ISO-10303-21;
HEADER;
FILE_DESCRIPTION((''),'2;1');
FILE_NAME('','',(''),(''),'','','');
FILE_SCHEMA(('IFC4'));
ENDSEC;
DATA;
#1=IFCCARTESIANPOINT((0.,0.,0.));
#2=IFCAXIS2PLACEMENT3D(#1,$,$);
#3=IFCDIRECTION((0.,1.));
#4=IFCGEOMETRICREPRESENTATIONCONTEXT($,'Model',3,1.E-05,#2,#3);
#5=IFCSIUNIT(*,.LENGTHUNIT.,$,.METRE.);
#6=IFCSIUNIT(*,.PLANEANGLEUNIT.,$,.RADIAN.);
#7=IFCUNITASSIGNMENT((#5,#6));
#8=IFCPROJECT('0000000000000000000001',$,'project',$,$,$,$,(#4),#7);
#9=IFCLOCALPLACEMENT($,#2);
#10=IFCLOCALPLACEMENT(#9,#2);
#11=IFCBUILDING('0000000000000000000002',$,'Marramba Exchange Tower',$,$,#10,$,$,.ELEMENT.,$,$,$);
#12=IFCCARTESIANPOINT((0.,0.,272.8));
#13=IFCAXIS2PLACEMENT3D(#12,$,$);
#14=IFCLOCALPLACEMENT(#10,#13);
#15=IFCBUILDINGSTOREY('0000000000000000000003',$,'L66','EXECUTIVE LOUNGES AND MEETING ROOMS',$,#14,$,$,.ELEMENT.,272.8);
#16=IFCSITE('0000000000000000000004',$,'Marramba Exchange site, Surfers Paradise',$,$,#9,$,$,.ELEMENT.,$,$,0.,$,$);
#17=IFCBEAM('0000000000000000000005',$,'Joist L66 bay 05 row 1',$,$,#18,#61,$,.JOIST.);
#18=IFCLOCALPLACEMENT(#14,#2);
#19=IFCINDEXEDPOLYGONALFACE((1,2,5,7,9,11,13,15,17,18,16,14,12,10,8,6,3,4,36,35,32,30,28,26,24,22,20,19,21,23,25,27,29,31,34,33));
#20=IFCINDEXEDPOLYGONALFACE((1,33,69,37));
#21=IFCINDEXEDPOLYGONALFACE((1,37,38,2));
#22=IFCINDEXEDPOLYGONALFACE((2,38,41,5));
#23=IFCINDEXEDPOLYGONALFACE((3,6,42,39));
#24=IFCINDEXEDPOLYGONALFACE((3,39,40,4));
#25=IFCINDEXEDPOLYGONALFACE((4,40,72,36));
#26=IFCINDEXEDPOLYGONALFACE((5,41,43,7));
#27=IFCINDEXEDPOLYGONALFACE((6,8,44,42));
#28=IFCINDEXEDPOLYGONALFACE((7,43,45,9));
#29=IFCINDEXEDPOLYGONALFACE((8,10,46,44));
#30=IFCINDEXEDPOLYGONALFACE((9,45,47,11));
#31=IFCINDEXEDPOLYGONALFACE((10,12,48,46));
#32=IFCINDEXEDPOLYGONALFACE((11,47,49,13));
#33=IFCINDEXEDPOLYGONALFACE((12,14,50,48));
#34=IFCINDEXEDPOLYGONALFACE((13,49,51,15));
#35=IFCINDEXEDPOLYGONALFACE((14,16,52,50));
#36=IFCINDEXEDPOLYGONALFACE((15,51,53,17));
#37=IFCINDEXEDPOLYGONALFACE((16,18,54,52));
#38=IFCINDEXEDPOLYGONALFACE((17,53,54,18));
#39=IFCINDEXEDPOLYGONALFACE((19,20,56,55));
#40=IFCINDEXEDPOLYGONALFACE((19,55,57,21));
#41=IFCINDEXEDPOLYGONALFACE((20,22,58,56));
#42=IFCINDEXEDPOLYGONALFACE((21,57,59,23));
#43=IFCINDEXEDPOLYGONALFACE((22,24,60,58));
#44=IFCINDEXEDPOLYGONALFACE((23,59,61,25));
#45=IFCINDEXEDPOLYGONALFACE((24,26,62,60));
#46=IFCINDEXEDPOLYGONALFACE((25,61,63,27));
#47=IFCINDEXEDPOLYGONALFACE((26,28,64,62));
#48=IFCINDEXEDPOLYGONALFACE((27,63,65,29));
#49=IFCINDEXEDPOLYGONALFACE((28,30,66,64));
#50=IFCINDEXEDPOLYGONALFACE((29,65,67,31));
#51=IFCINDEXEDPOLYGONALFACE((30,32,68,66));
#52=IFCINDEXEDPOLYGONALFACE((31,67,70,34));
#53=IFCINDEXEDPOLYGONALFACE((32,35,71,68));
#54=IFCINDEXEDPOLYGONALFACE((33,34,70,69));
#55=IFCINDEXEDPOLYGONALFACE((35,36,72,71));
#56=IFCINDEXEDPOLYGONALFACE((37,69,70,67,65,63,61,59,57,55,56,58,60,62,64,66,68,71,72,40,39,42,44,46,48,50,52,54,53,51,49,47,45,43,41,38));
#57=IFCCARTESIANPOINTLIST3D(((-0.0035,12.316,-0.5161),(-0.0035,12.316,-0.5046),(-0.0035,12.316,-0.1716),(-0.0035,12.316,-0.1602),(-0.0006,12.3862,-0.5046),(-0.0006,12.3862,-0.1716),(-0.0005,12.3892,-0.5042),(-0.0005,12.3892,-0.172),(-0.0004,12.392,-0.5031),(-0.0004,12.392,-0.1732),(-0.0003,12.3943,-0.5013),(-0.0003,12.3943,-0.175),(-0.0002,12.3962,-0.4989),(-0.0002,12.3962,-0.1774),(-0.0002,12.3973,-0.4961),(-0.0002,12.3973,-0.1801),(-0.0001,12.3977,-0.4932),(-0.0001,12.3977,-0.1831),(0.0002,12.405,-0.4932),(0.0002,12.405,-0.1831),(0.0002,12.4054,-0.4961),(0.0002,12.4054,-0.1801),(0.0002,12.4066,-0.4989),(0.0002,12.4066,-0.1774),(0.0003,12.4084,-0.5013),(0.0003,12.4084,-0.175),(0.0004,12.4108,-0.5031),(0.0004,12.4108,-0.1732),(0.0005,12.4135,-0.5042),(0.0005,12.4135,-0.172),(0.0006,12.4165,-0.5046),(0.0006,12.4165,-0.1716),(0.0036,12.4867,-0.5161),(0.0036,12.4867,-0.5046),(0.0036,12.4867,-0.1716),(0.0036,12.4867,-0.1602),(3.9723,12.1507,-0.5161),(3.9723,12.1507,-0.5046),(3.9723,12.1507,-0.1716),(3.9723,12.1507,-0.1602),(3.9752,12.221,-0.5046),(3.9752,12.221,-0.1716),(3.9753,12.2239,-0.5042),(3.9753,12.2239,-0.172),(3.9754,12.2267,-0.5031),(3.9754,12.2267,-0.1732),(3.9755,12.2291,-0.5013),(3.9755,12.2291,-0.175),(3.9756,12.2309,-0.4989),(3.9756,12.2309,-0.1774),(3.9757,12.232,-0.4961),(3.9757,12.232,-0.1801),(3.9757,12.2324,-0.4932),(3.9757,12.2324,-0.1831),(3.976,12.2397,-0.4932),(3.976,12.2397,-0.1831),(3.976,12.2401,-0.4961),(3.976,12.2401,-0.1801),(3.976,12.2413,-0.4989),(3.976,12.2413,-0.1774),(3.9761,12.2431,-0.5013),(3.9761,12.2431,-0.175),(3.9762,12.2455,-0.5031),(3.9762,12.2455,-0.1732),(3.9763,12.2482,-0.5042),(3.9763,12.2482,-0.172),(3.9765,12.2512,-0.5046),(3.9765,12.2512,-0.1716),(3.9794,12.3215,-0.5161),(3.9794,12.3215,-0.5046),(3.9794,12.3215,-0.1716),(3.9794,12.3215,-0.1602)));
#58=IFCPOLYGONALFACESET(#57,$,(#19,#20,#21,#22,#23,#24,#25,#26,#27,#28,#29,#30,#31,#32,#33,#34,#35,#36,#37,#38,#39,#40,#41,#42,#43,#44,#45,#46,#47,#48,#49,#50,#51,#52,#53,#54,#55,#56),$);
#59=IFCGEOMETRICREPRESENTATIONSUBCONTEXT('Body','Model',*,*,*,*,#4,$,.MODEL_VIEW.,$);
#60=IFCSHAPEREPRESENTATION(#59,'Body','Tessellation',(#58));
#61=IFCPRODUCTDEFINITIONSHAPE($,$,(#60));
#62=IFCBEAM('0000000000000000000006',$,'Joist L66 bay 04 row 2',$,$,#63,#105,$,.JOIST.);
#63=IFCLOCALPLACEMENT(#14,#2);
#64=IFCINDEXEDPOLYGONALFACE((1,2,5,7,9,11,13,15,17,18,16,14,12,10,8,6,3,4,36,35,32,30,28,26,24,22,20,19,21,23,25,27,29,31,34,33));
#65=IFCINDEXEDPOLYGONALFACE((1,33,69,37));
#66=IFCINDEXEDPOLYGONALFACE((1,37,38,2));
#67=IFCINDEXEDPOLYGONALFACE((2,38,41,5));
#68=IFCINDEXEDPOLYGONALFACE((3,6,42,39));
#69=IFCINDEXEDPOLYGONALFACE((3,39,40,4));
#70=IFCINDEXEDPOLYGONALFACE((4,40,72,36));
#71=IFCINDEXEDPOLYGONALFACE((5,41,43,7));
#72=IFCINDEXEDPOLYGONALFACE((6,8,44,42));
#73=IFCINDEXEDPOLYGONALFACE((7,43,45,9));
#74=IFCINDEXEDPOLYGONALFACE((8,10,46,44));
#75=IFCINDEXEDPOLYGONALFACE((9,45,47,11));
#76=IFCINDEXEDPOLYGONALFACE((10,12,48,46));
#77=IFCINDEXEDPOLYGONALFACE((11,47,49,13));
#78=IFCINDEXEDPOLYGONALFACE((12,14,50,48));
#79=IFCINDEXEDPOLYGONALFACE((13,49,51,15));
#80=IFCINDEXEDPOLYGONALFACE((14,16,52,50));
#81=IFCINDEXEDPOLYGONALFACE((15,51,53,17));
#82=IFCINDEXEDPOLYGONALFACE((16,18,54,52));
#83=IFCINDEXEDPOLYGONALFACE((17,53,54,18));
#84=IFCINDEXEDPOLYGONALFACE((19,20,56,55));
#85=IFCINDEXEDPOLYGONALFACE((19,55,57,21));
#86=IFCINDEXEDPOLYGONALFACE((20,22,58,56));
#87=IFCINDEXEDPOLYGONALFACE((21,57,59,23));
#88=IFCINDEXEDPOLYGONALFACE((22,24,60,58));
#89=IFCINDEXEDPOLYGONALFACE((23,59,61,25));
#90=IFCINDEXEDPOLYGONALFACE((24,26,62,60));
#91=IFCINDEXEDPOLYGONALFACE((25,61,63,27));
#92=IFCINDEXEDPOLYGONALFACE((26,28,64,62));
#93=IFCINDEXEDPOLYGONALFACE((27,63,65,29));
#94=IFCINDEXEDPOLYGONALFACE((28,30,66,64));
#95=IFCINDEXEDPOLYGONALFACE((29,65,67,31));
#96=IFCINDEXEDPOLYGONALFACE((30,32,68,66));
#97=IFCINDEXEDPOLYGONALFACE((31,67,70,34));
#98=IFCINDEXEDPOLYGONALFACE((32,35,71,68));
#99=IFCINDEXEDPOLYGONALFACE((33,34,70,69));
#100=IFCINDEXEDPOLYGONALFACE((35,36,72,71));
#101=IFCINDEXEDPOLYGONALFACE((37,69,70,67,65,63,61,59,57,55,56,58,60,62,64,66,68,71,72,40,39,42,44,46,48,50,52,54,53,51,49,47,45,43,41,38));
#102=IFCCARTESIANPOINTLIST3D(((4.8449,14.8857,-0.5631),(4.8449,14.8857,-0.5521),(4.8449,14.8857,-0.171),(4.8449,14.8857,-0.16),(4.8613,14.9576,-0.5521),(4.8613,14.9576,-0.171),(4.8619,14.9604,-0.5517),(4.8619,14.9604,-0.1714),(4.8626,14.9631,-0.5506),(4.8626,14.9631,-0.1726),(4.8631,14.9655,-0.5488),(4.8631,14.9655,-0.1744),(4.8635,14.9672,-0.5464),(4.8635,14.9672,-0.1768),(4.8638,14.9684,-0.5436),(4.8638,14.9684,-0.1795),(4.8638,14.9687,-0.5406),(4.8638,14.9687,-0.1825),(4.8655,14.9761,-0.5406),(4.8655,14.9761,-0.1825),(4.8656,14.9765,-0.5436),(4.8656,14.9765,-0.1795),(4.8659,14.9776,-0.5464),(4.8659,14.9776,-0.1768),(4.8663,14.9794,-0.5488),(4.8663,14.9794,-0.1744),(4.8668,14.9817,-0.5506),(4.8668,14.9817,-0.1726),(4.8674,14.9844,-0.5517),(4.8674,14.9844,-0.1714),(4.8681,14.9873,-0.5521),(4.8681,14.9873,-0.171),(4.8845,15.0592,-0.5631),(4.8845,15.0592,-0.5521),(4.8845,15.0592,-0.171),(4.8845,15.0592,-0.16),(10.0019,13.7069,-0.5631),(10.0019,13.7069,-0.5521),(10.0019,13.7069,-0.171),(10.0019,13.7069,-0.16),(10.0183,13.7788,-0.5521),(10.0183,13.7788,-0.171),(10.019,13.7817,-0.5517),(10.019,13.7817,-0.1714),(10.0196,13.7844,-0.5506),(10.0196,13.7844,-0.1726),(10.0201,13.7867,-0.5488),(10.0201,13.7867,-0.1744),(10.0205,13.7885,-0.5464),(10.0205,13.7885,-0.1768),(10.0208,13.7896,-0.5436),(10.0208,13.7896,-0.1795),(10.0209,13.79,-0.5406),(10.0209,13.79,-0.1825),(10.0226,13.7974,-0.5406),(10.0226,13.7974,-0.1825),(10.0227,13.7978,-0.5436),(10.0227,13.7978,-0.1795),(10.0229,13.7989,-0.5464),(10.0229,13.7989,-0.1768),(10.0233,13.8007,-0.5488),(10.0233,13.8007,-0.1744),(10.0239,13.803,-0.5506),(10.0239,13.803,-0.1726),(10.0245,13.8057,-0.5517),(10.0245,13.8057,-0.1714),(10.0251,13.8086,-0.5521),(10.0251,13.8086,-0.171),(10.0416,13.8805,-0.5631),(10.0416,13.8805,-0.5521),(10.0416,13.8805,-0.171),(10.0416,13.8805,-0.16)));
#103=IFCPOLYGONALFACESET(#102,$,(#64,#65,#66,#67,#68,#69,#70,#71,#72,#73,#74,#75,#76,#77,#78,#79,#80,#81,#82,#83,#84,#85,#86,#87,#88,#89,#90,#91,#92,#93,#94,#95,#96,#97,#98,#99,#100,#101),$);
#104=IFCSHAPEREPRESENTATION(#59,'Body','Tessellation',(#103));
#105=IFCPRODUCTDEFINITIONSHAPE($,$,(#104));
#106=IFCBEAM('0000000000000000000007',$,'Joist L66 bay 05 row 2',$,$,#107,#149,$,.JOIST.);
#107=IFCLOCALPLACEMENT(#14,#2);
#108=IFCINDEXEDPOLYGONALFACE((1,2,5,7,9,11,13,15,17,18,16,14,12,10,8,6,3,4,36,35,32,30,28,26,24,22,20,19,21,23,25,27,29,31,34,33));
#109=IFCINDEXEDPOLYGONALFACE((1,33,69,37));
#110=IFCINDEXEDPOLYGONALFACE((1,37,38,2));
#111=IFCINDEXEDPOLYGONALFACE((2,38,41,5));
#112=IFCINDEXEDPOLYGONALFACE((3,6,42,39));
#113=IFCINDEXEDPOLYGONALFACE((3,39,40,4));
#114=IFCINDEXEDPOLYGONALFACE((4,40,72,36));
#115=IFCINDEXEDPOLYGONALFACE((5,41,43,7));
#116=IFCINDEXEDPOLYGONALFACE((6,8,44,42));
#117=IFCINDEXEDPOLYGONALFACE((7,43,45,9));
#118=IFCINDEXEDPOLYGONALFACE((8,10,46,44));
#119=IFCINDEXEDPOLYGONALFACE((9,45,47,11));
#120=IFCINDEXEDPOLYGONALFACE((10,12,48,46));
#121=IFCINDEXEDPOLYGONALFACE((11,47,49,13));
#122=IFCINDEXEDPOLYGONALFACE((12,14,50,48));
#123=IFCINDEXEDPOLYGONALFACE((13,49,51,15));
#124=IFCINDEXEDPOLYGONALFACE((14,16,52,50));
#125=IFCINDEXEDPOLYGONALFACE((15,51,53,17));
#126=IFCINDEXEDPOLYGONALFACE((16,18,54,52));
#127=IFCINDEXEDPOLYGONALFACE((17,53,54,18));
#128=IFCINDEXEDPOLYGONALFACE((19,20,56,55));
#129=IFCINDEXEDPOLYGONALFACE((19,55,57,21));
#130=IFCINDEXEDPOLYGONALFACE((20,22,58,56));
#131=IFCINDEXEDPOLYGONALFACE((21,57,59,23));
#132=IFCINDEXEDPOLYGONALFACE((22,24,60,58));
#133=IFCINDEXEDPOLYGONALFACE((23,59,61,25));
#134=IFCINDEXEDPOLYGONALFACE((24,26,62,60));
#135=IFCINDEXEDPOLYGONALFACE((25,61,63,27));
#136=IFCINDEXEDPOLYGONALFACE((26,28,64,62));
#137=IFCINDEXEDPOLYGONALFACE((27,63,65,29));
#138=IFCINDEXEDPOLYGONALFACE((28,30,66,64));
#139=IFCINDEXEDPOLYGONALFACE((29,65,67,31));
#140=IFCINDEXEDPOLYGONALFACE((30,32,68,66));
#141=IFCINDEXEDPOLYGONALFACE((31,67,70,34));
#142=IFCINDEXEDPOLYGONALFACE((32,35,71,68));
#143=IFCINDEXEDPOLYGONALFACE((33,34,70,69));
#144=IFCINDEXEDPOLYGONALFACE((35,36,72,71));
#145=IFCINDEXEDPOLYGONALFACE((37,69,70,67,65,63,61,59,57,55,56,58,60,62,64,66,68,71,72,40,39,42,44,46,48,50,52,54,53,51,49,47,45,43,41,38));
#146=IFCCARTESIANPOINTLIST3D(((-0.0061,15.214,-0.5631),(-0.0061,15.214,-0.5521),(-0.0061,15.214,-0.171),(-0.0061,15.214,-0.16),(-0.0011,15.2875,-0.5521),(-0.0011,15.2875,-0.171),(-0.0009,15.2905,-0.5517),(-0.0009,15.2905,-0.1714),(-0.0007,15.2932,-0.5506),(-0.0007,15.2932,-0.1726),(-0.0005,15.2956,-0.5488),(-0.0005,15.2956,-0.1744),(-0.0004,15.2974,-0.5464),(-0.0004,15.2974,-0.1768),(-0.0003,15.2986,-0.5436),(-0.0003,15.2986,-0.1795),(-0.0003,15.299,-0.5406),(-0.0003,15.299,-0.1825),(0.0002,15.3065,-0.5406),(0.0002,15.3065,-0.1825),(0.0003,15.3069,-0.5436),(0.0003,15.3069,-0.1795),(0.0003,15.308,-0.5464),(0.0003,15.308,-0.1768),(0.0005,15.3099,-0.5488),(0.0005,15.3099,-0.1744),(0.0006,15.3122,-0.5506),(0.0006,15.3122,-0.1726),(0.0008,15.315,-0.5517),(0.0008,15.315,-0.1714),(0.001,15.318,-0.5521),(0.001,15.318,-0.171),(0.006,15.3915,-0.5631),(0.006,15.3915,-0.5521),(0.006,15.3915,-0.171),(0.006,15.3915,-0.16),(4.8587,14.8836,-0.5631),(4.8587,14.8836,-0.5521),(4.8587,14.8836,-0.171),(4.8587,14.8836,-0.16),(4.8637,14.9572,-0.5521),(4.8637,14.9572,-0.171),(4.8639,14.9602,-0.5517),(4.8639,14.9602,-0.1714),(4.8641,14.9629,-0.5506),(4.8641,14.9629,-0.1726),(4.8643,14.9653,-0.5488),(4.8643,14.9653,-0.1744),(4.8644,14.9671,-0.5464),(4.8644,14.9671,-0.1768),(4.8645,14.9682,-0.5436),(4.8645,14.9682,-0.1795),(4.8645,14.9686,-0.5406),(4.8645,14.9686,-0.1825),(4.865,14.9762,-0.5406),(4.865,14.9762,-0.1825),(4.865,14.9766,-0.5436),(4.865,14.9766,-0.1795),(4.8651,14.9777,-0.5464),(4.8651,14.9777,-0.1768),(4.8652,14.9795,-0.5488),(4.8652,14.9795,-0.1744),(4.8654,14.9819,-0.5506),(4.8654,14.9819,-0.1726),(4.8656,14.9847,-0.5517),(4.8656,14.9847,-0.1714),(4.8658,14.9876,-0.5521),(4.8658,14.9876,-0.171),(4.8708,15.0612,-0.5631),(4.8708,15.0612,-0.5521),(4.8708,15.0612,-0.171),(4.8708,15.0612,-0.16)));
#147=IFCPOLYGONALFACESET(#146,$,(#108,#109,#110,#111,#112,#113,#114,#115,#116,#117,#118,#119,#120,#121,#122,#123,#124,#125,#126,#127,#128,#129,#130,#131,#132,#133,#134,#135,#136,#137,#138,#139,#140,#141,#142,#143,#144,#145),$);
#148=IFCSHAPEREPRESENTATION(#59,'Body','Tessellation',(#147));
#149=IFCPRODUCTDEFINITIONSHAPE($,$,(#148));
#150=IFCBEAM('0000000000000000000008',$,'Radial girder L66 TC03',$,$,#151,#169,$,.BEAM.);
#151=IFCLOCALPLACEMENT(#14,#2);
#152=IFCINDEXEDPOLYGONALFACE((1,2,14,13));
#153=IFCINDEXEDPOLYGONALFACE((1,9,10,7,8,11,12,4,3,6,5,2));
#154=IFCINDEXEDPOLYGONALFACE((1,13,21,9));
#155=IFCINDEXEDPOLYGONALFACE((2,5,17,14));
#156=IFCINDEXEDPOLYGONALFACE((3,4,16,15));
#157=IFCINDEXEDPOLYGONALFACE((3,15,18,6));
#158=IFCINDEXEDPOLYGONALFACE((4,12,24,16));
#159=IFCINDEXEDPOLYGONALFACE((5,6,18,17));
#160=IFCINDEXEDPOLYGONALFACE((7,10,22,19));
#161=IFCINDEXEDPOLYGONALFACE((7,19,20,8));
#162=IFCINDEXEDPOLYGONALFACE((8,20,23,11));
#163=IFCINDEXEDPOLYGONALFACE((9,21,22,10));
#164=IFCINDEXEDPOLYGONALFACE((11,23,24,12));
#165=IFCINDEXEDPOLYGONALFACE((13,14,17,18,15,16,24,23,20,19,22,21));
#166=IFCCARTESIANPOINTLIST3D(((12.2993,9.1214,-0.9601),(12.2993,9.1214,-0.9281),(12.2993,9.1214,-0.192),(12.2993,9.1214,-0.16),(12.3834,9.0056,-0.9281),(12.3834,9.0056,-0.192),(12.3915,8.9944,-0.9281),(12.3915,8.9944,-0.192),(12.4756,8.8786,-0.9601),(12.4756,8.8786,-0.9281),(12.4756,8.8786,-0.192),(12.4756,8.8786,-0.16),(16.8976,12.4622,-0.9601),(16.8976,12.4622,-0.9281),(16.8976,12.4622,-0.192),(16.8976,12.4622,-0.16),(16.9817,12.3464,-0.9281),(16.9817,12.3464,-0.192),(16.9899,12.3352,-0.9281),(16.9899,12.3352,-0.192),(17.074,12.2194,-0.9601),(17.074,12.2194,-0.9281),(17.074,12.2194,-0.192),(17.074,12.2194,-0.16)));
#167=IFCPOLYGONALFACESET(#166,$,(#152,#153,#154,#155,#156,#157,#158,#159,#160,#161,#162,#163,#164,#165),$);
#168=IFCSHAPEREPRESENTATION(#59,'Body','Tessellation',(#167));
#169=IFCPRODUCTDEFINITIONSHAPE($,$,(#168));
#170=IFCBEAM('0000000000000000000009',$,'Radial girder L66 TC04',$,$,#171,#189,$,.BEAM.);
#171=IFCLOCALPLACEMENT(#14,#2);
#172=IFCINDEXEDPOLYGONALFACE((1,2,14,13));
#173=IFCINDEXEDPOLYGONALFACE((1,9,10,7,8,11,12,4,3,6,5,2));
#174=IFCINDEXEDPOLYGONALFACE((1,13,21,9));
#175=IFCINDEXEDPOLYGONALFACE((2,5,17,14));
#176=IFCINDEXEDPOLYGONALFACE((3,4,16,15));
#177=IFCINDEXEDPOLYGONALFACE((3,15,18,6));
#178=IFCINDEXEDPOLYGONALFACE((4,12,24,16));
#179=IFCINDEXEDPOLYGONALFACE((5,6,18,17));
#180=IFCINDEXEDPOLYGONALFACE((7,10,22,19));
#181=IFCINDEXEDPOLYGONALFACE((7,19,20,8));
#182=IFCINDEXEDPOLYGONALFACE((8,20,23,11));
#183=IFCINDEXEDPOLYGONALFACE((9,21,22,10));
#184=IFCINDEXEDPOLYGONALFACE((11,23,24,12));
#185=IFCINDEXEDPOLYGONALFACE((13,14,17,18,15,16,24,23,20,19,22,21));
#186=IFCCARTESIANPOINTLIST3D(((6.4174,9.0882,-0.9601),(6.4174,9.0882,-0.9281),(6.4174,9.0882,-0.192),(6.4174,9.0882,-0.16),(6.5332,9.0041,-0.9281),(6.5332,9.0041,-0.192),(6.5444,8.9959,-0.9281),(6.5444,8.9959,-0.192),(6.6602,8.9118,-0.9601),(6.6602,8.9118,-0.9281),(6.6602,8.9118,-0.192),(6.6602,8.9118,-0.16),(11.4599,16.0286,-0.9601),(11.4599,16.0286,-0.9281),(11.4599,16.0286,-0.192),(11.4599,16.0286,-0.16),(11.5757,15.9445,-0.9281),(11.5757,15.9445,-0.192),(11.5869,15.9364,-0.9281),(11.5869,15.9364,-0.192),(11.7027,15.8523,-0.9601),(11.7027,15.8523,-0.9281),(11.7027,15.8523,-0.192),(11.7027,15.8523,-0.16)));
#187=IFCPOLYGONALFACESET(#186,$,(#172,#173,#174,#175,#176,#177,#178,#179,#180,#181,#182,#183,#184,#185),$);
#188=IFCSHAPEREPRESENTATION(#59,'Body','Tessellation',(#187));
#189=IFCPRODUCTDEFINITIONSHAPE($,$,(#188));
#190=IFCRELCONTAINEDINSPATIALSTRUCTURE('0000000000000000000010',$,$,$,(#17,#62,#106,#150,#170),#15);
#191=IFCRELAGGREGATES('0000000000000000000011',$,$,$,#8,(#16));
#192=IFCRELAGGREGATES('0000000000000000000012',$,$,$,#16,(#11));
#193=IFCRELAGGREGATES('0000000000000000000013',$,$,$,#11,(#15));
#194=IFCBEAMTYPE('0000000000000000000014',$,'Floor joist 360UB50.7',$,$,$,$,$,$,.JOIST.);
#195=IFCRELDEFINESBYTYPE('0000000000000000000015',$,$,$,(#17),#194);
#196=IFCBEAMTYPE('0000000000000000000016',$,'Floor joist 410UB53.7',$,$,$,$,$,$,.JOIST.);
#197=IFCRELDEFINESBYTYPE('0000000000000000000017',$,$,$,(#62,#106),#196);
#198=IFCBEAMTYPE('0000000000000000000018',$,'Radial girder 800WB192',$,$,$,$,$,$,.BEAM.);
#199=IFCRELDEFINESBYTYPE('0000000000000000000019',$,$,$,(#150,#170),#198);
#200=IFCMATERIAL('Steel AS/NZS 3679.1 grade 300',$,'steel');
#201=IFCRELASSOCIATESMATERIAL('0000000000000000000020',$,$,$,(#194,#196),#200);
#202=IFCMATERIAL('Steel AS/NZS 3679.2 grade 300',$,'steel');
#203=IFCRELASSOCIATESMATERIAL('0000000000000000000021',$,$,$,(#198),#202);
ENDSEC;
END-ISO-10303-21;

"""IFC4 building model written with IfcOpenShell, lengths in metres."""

from ifc_helpers import new_model, si_unit, direction, frame, origin, origin_2d, place, context, subcontext, project, spatial, i_section, extrude, material, material_profile, profile_set, type_object, element, save


model = new_model("IFC4")

# Units and contexts
model_context = context("Model", 3, precision=1e-05, world=origin(), true_north=direction((0.0, 1.0)))
body_context = subcontext(model_context, "Body", "Model", "MODEL_VIEW")
ifc_project = project(units=[si_unit("LENGTHUNIT", "METRE"), si_unit("PLANEANGLEUNIT", "RADIAN")], contexts=[model_context])

# Site, building, storey
site_placement = place(None, origin())
site = spatial("IfcSite", under=ifc_project, at=site_placement, Name="Marramba Exchange site, Surfers Paradise", CompositionType="ELEMENT", RefElevation=0.0)
building_placement = place(site_placement, origin())
building = spatial("IfcBuilding", under=site, at=building_placement, Name="Marramba Exchange Tower", CompositionType="ELEMENT")
storey_placement = place(building_placement, frame((0.0, 0.0, 272.8)))
storey = spatial("IfcBuildingStorey", under=building, at=storey_placement, Name="L66", Description="EXECUTIVE LOUNGES AND MEETING ROOMS", CompositionType="ELEMENT", Elevation=272.8)

# Beams
ifc_material_1 = material(Name="Steel AS/NZS 3679.1 grade 300", Category="steel")
ifc_material_profile_1 = material_profile(ifc_material_1, i_section(OverallWidth=0.1709, OverallDepth=0.356, WebThickness=0.0073, FlangeThickness=0.0115, FilletRadius=0.0115, at=origin_2d()), Name="360UB50.7")
ifc_profile_set_1 = profile_set([ifc_material_profile_1], Name="Steel AS/NZS 3679.1 grade 300")
beam_type_1 = type_object("IfcBeamType", Name="Floor joist 360UB50.7", PredefinedType="JOIST", material=ifc_profile_set_1)
beam_1_placement = place(storey_placement, frame((3.9758, 12.2361, -0.3381), z_axis=(-0.999137, 0.041536, 0.0), x_axis=(-0.041536, -0.999137, 0.0)))
element("IfcBeam", 1, at=beam_1_placement, inside=storey, type_object=beam_type_1, Name="Joist L66 bay 05 row 1", PredefinedType="JOIST", context=body_context, shape_type="SweptSolid", body=[
    extrude(i_section(OverallWidth=0.1709, OverallDepth=0.356, WebThickness=0.0073, FlangeThickness=0.0115, FilletRadius=0.0115, at=origin_2d()), origin(), (0.0, 0.0, 1.0), 3.9792),
])
ifc_material_profile_2 = material_profile(ifc_material_1, i_section(OverallWidth=0.178, OverallDepth=0.4031, WebThickness=0.0076, FlangeThickness=0.011, FilletRadius=0.0115, at=origin_2d()), Name="410UB53.7")
ifc_profile_set_2 = profile_set([ifc_material_profile_2], Name="Steel AS/NZS 3679.1 grade 300")
beam_type_2 = type_object("IfcBeamType", Name="Floor joist 410UB53.7", PredefinedType="JOIST", material=ifc_profile_set_2)
beam_2_placement = place(storey_placement, frame((10.0217, 13.7937, -0.3616), z_axis=(-0.97486, 0.22282, 0.0), x_axis=(-0.22282, -0.97486, 0.0)))
element("IfcBeam", 2, at=beam_2_placement, inside=storey, type_object=beam_type_2, Name="Joist L66 bay 04 row 2", PredefinedType="JOIST", context=body_context, shape_type="SweptSolid", body=[
    extrude(i_section(OverallWidth=0.178, OverallDepth=0.4031, WebThickness=0.0076, FlangeThickness=0.011, FilletRadius=0.0115, at=origin_2d()), origin(), (0.0, 0.0, 1.0), 5.29),
])
beam_3_placement = place(storey_placement, frame((4.8647, 14.9724, -0.3616), z_axis=(-0.997703, 0.067745, 0.0), x_axis=(-0.067745, -0.997703, 0.0)))
element("IfcBeam", 3, at=beam_3_placement, inside=storey, type_object=beam_type_2, Name="Joist L66 bay 05 row 2", PredefinedType="JOIST", context=body_context, shape_type="SweptSolid", body=[
    extrude(i_section(OverallWidth=0.178, OverallDepth=0.4031, WebThickness=0.0076, FlangeThickness=0.011, FilletRadius=0.0115, at=origin_2d()), origin(), (0.0, 0.0, 1.0), 4.876),
])
ifc_material_2 = material(Name="Steel AS/NZS 3679.2 grade 300", Category="steel")
ifc_material_profile_3 = material_profile(ifc_material_2, i_section(OverallWidth=0.3, OverallDepth=0.8, WebThickness=0.0139, FlangeThickness=0.032, at=origin_2d()), Name="800WB192")
ifc_profile_set_3 = profile_set([ifc_material_profile_3], Name="Steel AS/NZS 3679.2 grade 300")
beam_type_3 = type_object("IfcBeamType", Name="Radial girder 800WB192", PredefinedType="BEAM", material=ifc_profile_set_3)
beam_4_placement = place(storey_placement, frame((12.3875, 9.0, -0.5601), z_axis=(0.809026, 0.587773, 0.0), x_axis=(-0.587773, 0.809026, 0.0)))
element("IfcBeam", 4, at=beam_4_placement, inside=storey, type_object=beam_type_3, Name="Radial girder L66 TC03", PredefinedType="BEAM", context=body_context, shape_type="SweptSolid", body=[
    extrude(i_section(OverallWidth=0.3, OverallDepth=0.8, WebThickness=0.0139, FlangeThickness=0.032, at=origin_2d()), origin(), (0.0, 0.0, 1.0), 5.6838),
])
beam_5_placement = place(storey_placement, frame((6.5388, 9.0, -0.5601), z_axis=(0.587782, 0.809019, 0.0), x_axis=(-0.809019, 0.587782, 0.0)))
element("IfcBeam", 5, at=beam_5_placement, inside=storey, type_object=beam_type_3, Name="Radial girder L66 TC04", PredefinedType="BEAM", context=body_context, shape_type="SweptSolid", body=[
    extrude(i_section(OverallWidth=0.3, OverallDepth=0.8, WebThickness=0.0139, FlangeThickness=0.032, at=origin_2d()), origin(), (0.0, 0.0, 1.0), 8.5789),
])

save(model, "model.ifc")
